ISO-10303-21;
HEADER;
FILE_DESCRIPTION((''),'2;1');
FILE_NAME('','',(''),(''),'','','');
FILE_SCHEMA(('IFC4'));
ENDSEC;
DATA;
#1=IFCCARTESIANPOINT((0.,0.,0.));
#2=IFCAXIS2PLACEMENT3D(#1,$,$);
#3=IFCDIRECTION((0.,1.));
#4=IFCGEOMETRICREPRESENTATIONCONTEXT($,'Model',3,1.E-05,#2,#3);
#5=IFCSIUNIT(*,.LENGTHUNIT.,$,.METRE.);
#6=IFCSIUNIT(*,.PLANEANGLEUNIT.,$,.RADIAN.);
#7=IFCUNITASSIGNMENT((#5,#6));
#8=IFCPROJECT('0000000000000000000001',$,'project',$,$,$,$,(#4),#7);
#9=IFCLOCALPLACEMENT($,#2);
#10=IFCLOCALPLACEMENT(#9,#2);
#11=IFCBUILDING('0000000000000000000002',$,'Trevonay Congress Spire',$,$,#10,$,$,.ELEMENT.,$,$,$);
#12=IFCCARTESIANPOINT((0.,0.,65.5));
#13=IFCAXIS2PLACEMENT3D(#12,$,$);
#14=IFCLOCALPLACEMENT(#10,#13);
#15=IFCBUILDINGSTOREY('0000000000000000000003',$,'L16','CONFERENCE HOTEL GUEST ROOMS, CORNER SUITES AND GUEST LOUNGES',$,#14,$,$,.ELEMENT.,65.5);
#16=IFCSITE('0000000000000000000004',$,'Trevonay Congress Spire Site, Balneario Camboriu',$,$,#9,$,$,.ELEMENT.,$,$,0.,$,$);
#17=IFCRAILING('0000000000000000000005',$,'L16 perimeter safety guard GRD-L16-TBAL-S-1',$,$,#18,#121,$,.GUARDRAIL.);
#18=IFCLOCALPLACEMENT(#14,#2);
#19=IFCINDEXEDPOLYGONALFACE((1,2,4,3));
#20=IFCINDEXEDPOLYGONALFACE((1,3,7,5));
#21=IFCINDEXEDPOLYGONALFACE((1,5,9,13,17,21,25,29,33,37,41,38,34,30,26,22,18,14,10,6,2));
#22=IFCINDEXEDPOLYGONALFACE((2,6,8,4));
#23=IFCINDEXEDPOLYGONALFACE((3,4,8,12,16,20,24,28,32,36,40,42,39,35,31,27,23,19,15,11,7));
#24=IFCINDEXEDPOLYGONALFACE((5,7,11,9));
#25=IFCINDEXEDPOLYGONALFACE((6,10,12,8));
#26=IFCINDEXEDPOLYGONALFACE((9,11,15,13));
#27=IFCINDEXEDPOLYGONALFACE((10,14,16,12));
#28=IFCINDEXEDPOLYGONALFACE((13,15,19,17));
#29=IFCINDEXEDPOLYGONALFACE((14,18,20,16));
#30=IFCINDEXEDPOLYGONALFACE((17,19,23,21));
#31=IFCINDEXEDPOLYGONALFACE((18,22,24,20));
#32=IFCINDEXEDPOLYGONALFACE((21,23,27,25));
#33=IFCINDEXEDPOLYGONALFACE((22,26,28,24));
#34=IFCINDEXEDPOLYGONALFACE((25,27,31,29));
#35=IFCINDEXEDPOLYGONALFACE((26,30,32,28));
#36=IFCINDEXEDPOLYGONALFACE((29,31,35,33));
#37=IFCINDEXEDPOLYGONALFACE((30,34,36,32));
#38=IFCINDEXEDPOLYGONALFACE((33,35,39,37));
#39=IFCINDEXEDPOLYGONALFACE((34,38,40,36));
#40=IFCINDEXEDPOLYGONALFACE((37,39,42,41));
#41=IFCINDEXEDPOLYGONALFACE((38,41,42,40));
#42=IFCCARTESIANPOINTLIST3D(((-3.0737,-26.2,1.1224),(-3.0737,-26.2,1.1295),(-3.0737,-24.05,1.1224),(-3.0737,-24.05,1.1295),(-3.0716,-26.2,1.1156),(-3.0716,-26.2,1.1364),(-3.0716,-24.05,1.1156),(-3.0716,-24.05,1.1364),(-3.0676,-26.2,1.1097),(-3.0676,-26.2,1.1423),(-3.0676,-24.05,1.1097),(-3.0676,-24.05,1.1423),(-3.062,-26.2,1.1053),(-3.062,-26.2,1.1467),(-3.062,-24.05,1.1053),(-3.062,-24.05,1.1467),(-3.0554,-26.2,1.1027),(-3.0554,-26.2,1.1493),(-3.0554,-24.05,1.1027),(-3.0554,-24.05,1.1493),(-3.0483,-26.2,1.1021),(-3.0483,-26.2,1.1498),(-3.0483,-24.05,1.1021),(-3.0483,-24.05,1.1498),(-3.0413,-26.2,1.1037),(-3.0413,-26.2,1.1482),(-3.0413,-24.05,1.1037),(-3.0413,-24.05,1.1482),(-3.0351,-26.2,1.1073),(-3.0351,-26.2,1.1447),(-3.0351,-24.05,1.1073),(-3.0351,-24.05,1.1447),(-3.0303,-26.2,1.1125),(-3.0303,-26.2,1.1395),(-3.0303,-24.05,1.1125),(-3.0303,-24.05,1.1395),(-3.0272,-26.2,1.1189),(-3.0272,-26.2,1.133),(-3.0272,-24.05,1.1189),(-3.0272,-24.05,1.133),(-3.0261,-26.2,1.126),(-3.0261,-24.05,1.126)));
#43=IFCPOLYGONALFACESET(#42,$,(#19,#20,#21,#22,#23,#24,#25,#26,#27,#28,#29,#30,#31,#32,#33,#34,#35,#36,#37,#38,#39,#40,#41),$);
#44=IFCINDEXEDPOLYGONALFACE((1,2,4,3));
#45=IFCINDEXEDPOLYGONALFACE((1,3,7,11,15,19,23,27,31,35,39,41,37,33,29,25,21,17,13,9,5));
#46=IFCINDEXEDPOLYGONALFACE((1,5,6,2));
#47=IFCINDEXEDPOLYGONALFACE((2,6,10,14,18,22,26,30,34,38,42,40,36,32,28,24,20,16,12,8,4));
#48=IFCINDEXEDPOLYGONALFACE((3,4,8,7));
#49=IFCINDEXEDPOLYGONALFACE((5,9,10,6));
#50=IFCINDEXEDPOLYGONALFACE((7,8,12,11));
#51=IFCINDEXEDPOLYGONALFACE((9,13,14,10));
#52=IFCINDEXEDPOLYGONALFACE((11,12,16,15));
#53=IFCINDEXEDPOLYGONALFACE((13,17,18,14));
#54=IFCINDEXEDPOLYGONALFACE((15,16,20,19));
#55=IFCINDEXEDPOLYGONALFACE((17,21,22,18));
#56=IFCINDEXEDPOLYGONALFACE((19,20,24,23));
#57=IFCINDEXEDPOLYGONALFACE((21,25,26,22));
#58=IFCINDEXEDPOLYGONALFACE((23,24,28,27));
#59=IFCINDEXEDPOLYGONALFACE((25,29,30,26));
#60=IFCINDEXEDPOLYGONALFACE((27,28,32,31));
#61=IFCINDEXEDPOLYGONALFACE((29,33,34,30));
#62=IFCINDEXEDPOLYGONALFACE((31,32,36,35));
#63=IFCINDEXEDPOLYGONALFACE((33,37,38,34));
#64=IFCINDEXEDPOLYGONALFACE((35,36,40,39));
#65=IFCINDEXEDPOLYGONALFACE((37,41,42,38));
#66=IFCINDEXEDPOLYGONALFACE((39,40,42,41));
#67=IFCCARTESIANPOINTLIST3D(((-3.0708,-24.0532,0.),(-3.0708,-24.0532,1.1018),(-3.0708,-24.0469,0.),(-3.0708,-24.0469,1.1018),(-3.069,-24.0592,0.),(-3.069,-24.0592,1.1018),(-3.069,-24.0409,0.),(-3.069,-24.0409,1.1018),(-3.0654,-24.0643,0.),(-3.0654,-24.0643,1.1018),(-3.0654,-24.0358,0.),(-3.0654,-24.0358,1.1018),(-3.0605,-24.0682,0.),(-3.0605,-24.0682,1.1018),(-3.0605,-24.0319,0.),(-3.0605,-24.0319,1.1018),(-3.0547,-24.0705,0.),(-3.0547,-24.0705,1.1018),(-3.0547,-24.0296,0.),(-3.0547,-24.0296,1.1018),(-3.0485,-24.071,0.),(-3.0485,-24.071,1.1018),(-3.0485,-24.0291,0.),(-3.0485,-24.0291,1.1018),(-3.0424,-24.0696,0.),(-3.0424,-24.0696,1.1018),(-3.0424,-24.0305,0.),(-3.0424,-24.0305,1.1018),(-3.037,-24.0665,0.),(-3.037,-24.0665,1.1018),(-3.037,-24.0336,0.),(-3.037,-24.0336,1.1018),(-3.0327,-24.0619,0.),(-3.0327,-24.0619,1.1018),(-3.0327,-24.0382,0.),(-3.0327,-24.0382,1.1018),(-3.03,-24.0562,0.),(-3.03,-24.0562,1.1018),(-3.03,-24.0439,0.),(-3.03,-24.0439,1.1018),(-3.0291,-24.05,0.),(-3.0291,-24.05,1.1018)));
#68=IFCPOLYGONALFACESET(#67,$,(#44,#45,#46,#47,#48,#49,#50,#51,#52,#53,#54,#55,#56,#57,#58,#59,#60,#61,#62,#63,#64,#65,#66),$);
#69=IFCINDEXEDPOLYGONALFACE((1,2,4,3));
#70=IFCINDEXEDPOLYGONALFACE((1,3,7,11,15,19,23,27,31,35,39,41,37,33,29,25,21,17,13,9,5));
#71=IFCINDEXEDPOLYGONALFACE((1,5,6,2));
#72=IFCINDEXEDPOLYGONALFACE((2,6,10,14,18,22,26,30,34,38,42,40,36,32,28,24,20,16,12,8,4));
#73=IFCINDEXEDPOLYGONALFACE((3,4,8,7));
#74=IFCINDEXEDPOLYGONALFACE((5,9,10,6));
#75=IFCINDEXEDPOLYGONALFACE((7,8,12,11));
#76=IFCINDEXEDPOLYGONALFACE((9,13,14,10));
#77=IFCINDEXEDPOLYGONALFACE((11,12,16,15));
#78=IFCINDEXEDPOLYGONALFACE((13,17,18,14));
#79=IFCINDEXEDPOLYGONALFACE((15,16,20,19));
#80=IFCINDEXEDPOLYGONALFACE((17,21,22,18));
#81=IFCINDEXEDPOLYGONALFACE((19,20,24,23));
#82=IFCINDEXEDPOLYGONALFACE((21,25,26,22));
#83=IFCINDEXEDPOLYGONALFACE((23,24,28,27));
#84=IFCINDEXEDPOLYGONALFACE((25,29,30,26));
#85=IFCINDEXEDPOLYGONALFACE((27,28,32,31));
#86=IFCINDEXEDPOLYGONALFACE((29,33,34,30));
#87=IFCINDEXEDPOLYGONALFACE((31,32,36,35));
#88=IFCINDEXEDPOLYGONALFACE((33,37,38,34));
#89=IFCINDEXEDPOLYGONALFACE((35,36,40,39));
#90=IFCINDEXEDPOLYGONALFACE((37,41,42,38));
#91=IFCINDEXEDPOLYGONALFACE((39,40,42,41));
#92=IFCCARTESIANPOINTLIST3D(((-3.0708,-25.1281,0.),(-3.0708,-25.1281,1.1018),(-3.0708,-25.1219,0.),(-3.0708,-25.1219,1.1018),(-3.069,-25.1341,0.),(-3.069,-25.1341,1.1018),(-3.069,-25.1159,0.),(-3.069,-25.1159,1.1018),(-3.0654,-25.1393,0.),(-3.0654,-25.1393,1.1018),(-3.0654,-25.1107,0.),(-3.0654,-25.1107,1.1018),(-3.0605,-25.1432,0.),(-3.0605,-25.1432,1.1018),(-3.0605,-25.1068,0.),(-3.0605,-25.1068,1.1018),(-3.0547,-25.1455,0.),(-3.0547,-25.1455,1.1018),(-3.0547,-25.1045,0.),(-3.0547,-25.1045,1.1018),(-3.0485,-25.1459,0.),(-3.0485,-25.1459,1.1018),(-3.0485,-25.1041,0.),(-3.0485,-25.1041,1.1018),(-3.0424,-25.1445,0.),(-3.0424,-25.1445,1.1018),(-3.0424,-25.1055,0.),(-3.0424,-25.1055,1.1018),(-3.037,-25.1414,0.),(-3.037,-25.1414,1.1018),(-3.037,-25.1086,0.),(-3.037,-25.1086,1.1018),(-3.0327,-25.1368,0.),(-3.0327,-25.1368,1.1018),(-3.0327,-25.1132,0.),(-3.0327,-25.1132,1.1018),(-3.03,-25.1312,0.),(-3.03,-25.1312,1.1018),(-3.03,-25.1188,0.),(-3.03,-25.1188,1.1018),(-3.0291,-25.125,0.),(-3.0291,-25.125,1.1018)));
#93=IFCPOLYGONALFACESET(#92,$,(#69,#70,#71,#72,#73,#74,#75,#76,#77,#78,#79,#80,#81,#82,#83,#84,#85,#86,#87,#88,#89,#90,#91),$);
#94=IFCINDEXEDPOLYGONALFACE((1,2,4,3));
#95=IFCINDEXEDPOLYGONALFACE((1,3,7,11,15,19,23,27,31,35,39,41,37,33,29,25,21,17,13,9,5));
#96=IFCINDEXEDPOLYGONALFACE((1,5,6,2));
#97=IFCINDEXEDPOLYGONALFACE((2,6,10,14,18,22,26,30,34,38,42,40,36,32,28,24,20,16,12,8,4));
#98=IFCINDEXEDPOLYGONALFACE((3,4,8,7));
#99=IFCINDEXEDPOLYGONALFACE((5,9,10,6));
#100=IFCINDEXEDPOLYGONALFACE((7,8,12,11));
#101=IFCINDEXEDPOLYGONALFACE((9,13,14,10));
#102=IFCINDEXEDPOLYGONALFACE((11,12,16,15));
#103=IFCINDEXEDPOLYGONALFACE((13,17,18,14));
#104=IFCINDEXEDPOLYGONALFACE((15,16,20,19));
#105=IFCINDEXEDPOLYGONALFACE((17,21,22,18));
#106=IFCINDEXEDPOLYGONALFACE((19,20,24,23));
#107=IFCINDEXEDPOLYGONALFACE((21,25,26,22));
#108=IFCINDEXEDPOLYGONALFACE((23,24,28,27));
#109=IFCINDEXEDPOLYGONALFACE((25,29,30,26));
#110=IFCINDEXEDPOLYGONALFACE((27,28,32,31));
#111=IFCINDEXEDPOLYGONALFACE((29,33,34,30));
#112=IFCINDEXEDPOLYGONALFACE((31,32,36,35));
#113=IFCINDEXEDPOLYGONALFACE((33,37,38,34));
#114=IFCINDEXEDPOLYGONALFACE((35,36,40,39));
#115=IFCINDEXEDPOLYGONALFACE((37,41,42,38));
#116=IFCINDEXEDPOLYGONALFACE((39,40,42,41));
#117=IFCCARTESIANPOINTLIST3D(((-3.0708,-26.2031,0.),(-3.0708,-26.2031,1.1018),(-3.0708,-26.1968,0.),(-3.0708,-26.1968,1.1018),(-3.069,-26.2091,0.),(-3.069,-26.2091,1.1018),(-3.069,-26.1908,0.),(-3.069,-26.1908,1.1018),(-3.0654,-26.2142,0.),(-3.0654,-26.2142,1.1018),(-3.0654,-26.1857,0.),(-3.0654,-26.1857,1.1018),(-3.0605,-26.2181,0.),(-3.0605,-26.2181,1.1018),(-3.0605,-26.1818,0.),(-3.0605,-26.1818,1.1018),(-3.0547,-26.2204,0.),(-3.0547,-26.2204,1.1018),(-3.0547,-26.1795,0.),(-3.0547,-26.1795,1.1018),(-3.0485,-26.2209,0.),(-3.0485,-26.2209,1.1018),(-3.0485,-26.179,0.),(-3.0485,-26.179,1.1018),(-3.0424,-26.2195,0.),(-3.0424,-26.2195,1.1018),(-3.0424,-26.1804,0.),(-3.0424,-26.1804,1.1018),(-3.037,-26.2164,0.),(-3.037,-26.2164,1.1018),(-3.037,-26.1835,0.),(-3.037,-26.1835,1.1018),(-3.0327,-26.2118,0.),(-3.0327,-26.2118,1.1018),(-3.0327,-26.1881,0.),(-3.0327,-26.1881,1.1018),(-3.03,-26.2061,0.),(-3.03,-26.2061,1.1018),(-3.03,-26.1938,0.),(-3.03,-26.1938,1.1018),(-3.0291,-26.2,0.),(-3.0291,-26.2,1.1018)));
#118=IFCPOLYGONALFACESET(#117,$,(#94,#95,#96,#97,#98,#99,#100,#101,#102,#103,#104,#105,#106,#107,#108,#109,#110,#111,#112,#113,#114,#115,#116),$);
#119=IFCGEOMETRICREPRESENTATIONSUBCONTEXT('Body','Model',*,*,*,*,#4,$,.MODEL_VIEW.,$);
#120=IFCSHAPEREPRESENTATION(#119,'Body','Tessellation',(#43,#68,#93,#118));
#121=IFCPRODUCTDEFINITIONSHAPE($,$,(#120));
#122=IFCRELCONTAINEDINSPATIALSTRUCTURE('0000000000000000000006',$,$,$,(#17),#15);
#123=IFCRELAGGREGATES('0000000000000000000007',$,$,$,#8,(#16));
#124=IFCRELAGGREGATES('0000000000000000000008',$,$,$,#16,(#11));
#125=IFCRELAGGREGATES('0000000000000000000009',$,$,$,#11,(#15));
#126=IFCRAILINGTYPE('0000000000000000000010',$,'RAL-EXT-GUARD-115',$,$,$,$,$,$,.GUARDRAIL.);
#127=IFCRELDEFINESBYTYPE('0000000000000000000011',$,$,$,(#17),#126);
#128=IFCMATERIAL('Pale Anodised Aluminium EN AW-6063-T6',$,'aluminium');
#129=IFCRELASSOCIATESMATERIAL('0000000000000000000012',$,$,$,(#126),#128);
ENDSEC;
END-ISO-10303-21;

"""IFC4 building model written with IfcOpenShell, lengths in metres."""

from ifc_helpers import new_model, si_unit, direction, frame, origin, origin_2d, place, context, subcontext, project, spatial, circle, extrude, material, type_object, element, save


model = new_model("IFC4")

# Units and contexts
model_context = context("Model", 3, precision=1e-05, world=origin(), true_north=direction((0.0, 1.0)))
body_context = subcontext(model_context, "Body", "Model", "MODEL_VIEW")
ifc_project = project(units=[si_unit("LENGTHUNIT", "METRE"), si_unit("PLANEANGLEUNIT", "RADIAN")], contexts=[model_context])

# Site, building, storey
site_placement = place(None, origin())
site = spatial("IfcSite", under=ifc_project, at=site_placement, Name="Trevonay Congress Spire Site, Balneario Camboriu", CompositionType="ELEMENT", RefElevation=0.0)
building_placement = place(site_placement, origin())
building = spatial("IfcBuilding", under=site, at=building_placement, Name="Trevonay Congress Spire", CompositionType="ELEMENT")
storey_placement = place(building_placement, frame((0.0, 0.0, 65.5)))
storey = spatial("IfcBuildingStorey", under=building, at=storey_placement, Name="L16", Description="CONFERENCE HOTEL GUEST ROOMS, CORNER SUITES AND GUEST LOUNGES", CompositionType="ELEMENT", Elevation=65.5)

# Shared definitions
ifc_material_1 = material(Name="Pale Anodised Aluminium EN AW-6063-T6", Category="aluminium")

# Railing
railing_type = type_object("IfcRailingType", Name="RAL-EXT-GUARD-115", PredefinedType="GUARDRAIL", material=ifc_material_1)
railing_1_placement = place(storey_placement, frame((-3.05, -24.05, 0.0)))
element("IfcRailing", 1, at=railing_1_placement, inside=storey, type_object=railing_type, Name="L16 perimeter safety guard GRD-L16-TBAL-S-1", PredefinedType="GUARDRAIL", context=body_context, shape_type="SweptSolid", body=[
    extrude(circle(Radius=0.0239, at=origin_2d()), frame((0.0, 0.0, 1.126), z_axis=(0.0, -1.0, 0.0), x_axis=(1.0, 0.0, 0.0)), (0.0, 0.0, 1.0), 2.1499),
    extrude(circle(Radius=0.021, at=origin_2d()), origin(), (0.0, 0.0, 1.0), 1.1018),
    extrude(circle(Radius=0.021, at=origin_2d()), frame((0.0, -1.075, 0.0)), (0.0, 0.0, 1.0), 1.1018),
    extrude(circle(Radius=0.021, at=origin_2d()), frame((0.0, -2.1499, 0.0)), (0.0, 0.0, 1.0), 1.1018),
])

save(model, "model.ifc")
